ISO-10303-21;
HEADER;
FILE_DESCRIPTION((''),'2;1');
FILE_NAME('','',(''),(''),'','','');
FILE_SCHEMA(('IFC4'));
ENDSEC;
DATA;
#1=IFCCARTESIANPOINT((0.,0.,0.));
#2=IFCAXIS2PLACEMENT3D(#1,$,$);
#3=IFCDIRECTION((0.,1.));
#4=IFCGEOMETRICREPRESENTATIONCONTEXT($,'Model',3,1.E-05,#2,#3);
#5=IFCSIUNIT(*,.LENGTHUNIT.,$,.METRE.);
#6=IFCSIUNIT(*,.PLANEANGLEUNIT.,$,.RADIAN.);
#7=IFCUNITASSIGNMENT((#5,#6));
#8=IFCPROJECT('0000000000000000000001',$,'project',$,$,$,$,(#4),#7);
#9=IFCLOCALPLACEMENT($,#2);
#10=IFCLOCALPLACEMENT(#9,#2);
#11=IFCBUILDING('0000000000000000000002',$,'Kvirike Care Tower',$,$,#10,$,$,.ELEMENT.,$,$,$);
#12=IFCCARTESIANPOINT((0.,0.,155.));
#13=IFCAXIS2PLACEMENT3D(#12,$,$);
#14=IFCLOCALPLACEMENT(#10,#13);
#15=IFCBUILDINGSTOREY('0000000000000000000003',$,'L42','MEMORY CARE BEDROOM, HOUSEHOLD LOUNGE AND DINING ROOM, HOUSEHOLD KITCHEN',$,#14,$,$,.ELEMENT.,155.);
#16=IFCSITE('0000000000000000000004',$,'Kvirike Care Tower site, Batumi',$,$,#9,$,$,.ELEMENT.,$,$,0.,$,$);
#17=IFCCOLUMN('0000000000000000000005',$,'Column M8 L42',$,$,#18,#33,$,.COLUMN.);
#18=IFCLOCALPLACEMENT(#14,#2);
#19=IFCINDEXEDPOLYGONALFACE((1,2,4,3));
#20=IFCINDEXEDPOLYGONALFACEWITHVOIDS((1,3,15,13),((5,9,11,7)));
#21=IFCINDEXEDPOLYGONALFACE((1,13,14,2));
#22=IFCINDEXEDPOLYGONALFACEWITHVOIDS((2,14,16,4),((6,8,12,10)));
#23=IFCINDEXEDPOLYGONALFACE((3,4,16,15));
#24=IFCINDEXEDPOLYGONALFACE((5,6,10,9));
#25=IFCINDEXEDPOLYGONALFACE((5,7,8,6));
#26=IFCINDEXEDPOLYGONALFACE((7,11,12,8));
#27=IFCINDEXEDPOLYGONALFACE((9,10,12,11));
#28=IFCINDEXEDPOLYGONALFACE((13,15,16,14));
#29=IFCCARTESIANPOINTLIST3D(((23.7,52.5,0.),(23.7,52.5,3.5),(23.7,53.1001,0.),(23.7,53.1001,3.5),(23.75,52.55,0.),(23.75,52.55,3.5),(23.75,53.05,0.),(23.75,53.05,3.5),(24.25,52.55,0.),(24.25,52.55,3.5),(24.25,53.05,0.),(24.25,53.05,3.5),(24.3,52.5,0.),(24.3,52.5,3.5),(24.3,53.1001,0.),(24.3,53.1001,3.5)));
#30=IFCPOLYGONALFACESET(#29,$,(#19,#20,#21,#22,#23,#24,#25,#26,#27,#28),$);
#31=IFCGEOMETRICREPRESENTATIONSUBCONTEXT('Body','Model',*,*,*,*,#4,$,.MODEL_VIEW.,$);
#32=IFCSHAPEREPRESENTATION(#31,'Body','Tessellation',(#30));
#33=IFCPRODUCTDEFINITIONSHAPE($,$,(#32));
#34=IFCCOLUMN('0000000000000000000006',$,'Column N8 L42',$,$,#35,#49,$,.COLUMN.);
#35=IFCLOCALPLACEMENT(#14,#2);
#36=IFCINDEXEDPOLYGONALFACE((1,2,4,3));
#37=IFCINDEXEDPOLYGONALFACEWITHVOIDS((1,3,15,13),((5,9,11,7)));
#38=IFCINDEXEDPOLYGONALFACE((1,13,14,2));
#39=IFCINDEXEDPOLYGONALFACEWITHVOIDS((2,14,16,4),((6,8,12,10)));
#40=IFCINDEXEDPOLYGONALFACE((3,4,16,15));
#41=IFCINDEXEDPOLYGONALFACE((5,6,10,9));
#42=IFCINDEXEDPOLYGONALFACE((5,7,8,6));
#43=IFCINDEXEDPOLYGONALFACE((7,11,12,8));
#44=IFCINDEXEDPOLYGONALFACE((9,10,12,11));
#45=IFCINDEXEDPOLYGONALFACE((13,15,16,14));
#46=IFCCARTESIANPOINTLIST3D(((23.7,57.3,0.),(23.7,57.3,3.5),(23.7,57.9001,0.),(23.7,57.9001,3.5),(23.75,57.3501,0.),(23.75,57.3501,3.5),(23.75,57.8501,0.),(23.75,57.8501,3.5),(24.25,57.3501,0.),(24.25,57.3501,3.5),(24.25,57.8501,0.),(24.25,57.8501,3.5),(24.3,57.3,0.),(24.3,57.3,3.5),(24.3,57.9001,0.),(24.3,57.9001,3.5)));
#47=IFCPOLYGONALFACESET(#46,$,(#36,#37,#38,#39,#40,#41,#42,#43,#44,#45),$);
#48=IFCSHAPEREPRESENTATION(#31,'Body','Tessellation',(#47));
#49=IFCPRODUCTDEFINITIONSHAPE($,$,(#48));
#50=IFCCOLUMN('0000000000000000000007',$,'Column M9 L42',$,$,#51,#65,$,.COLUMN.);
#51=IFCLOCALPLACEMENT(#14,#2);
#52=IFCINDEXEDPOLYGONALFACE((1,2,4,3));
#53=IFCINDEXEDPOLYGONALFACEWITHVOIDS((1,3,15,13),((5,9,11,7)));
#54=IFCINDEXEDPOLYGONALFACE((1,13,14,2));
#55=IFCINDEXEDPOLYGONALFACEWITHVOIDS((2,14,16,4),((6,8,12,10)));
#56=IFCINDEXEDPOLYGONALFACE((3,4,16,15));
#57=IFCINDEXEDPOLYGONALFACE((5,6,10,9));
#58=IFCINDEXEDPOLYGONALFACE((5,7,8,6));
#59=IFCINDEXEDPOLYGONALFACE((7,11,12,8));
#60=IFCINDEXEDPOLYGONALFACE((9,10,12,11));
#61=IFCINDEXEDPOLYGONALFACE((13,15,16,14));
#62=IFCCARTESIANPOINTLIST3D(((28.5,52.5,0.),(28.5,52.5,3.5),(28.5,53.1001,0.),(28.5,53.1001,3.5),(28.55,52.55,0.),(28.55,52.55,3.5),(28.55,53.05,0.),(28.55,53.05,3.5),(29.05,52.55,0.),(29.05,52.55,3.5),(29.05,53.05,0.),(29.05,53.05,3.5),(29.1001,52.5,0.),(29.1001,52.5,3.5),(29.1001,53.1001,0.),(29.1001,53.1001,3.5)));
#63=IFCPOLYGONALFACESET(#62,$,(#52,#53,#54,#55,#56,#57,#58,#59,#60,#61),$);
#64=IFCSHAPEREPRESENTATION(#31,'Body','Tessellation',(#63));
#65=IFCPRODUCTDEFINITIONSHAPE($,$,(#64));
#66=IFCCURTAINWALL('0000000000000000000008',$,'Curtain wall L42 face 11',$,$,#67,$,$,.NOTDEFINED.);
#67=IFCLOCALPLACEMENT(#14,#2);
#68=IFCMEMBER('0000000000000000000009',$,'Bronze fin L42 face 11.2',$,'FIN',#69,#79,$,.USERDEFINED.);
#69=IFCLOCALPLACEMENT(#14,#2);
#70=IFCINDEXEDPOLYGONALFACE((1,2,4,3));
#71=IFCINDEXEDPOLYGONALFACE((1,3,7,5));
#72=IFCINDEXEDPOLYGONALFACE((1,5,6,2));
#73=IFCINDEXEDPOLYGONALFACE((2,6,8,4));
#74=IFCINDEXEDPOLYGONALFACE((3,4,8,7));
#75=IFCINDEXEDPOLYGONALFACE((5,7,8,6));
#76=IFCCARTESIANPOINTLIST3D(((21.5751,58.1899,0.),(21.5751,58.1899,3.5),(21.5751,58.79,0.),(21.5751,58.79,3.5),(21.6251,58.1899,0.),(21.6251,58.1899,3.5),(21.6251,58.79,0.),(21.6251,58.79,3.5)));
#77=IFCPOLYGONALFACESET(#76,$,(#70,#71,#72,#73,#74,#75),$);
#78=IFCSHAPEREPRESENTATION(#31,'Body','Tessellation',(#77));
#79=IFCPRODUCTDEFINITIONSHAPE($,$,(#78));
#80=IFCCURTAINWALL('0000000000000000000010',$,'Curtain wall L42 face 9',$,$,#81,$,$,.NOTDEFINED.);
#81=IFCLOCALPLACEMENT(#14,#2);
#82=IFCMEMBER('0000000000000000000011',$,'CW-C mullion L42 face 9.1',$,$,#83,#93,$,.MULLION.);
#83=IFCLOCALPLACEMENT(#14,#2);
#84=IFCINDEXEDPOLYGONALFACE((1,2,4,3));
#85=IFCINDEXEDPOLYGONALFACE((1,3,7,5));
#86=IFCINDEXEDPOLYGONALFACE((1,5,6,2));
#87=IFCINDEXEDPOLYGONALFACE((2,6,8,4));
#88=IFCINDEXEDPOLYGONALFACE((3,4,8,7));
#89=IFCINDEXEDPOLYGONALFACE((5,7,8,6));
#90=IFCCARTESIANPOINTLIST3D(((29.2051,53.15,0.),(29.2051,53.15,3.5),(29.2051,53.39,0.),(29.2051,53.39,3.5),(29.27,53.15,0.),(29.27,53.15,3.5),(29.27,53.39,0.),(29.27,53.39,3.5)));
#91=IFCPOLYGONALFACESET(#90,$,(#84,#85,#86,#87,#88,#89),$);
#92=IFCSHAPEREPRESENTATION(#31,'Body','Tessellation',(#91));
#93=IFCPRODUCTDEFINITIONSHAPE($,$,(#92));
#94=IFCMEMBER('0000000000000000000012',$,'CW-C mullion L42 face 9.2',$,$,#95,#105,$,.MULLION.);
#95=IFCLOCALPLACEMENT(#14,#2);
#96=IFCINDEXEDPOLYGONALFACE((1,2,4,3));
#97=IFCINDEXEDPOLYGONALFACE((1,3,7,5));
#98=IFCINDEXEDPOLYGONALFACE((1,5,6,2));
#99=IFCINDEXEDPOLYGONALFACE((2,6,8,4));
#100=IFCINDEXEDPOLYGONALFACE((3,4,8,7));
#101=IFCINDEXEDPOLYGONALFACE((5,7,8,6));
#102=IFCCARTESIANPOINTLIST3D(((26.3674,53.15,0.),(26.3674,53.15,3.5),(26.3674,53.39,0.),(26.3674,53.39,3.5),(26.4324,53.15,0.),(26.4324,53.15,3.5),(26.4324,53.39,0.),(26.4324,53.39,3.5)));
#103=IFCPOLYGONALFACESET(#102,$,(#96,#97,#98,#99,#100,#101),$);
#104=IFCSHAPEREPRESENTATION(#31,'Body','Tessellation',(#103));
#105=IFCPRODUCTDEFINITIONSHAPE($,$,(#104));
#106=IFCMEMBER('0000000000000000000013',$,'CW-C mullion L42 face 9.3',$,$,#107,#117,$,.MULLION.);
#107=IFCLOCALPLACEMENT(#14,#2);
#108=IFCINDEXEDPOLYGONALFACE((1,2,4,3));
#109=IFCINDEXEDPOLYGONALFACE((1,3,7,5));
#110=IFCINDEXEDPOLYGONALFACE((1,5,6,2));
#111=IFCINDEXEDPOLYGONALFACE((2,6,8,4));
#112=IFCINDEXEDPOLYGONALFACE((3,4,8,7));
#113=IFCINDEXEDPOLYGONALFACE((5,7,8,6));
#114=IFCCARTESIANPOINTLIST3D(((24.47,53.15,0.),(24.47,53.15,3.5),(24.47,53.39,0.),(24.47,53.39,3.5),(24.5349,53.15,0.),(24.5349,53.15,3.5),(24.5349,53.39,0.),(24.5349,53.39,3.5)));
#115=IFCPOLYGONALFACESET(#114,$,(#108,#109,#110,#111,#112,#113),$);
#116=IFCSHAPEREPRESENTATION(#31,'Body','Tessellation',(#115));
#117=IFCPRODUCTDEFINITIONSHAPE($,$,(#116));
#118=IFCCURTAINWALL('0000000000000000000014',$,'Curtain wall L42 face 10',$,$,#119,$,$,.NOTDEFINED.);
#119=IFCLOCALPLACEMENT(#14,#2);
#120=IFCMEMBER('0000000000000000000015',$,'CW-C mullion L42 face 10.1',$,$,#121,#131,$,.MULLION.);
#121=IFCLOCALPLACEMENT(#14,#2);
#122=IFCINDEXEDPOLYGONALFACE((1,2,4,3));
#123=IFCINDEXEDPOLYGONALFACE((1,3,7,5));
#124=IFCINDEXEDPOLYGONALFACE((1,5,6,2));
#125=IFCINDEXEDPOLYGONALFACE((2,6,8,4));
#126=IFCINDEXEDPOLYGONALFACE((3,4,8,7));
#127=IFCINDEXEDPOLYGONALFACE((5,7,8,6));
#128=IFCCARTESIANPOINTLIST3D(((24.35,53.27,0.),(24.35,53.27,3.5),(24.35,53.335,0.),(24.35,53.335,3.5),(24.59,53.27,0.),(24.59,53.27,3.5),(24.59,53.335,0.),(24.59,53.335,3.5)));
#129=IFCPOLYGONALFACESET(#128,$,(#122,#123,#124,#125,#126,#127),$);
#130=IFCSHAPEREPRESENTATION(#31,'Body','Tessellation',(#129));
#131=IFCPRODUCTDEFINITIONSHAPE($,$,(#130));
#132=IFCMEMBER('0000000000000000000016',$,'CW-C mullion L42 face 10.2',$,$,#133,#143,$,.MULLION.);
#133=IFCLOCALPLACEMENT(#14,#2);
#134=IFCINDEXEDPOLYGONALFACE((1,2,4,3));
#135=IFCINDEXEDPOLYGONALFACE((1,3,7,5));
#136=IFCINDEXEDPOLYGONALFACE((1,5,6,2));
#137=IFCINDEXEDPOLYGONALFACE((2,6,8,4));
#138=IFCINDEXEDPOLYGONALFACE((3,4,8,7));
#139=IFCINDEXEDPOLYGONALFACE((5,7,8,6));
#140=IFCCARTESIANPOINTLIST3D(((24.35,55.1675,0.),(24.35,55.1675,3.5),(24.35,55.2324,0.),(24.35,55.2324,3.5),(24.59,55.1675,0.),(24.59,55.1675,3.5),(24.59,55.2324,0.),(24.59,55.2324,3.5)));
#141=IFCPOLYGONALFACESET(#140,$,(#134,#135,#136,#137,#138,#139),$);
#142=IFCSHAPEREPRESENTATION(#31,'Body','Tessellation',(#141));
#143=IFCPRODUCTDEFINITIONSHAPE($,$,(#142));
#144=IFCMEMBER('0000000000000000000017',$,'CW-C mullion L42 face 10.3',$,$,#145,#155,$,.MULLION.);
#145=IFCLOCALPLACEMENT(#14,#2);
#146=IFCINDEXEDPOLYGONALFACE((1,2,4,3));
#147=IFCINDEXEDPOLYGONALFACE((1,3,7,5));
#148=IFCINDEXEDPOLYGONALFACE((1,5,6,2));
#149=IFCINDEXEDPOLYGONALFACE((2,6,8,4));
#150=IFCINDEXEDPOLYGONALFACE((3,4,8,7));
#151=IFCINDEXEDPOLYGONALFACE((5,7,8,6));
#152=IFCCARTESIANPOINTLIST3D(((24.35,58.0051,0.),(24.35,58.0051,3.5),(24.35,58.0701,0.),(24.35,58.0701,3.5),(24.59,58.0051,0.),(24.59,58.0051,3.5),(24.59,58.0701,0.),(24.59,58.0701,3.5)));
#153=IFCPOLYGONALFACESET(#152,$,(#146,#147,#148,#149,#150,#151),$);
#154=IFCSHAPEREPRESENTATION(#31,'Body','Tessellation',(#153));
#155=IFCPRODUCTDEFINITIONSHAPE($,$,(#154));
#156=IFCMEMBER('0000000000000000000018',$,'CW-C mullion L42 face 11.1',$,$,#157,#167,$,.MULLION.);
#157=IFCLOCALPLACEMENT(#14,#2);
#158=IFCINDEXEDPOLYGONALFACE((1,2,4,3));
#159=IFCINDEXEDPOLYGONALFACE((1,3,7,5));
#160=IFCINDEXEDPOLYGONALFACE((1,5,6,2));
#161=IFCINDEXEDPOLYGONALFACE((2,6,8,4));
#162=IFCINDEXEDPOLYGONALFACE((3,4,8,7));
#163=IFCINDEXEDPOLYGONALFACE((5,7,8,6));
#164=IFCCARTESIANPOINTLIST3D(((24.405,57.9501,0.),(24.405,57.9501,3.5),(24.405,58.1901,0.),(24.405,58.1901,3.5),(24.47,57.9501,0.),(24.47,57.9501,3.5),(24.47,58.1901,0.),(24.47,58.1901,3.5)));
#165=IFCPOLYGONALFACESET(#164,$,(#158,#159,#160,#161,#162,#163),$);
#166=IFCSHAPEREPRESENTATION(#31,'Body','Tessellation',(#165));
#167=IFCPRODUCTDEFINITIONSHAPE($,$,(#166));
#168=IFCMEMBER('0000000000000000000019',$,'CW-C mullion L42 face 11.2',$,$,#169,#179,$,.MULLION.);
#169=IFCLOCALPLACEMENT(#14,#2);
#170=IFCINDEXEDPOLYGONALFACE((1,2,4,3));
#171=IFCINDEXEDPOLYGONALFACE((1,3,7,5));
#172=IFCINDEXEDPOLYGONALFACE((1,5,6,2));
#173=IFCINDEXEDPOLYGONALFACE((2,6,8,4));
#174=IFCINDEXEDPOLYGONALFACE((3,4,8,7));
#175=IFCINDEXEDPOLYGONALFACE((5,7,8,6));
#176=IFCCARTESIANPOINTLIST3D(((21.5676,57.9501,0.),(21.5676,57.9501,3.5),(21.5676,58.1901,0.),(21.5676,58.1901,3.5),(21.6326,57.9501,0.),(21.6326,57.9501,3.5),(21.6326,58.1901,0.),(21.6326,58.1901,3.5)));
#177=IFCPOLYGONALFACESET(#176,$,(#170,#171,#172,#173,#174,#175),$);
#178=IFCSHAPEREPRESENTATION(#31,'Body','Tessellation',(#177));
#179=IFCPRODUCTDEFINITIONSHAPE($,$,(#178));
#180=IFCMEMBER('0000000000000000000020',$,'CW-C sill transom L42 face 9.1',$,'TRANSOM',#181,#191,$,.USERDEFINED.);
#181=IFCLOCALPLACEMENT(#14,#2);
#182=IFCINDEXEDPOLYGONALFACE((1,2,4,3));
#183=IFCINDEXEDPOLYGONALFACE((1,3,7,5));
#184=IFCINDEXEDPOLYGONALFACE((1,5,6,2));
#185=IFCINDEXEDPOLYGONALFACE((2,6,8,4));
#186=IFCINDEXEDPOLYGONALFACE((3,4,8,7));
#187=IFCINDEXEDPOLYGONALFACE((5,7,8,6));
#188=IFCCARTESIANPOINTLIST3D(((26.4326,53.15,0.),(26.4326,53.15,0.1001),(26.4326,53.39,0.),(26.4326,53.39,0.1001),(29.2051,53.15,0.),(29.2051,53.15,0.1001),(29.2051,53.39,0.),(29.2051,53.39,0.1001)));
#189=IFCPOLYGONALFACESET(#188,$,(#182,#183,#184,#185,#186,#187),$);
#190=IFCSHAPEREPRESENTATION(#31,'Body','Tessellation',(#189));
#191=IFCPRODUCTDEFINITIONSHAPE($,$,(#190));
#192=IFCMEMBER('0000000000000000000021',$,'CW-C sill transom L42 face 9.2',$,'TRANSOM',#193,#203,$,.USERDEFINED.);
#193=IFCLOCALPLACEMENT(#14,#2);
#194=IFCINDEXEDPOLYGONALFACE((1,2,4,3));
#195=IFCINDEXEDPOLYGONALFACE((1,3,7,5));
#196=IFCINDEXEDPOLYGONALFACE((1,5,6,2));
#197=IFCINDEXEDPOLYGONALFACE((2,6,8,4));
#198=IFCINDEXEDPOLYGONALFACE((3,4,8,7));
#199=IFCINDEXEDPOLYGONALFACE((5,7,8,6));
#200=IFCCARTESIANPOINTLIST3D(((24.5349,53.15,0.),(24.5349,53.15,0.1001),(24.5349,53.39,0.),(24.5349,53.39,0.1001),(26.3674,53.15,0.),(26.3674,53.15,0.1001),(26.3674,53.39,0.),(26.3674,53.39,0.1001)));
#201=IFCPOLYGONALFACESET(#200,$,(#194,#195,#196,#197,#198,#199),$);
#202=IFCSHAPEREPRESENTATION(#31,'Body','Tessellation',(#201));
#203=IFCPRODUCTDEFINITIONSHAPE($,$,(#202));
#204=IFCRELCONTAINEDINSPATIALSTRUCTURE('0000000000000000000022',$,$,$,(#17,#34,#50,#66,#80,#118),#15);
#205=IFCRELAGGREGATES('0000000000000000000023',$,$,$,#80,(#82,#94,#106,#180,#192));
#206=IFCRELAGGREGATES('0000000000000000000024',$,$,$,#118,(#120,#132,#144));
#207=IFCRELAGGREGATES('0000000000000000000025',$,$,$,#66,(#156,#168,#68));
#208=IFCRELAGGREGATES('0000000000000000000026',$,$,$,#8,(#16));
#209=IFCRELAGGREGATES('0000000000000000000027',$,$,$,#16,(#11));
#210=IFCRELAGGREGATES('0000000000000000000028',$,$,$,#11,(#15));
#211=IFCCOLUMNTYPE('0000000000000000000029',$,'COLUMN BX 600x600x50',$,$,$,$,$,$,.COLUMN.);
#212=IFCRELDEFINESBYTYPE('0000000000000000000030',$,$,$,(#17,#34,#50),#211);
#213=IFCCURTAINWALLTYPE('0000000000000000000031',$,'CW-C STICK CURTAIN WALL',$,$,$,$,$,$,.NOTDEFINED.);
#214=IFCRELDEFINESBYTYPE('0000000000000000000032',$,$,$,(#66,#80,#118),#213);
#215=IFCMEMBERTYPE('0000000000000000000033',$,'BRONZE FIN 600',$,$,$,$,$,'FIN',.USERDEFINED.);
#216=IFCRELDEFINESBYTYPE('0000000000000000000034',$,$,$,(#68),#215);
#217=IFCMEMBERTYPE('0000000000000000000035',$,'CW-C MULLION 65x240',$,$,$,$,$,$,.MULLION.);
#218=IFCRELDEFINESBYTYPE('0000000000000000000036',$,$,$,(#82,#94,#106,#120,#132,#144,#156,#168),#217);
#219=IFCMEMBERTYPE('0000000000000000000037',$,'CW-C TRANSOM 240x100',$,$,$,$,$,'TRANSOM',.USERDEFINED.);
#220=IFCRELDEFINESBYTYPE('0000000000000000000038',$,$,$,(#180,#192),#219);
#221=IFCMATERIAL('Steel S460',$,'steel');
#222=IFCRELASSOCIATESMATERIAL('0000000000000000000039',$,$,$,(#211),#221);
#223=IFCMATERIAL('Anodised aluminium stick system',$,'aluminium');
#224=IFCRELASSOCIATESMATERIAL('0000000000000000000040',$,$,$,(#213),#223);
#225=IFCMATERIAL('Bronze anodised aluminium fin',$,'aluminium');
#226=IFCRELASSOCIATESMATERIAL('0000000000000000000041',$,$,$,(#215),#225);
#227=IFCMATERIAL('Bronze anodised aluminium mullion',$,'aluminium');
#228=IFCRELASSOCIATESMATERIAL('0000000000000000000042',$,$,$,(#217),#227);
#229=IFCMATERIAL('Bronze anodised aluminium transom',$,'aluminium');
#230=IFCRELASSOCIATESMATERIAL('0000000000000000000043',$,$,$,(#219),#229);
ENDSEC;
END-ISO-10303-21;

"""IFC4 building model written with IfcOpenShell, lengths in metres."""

from ifc_helpers import new_model, si_unit, direction, frame, origin, origin_2d, place, context, subcontext, project, spatial, rectangle, hollow_rectangle, extrude, material, material_profile, profile_set, type_object, element, aggregate, save


model = new_model("IFC4")

# Units and contexts
model_context = context("Model", 3, precision=1e-05, world=origin(), true_north=direction((0.0, 1.0)))
body_context = subcontext(model_context, "Body", "Model", "MODEL_VIEW")
ifc_project = project(units=[si_unit("LENGTHUNIT", "METRE"), si_unit("PLANEANGLEUNIT", "RADIAN")], contexts=[model_context])

# Site, building, storey
site_placement = place(None, origin())
site = spatial("IfcSite", under=ifc_project, at=site_placement, Name="Kvirike Care Tower site, Batumi", CompositionType="ELEMENT", RefElevation=0.0)
building_placement = place(site_placement, origin())
building = spatial("IfcBuilding", under=site, at=building_placement, Name="Kvirike Care Tower", CompositionType="ELEMENT")
storey_placement = place(building_placement, frame((0.0, 0.0, 155.0)))
storey = spatial("IfcBuildingStorey", under=building, at=storey_placement, Name="L42", Description="MEMORY CARE BEDROOM, HOUSEHOLD LOUNGE AND DINING ROOM, HOUSEHOLD KITCHEN", CompositionType="ELEMENT", Elevation=155.0)

# Columns
ifc_material_1 = material(Name="Steel S460", Category="steel")
ifc_material_profile_1 = material_profile(ifc_material_1, hollow_rectangle(XDim=0.6001, YDim=0.6001, WallThickness=0.05, at=origin_2d()), Name="BX 600x600x50")
ifc_profile_set_1 = profile_set([ifc_material_profile_1], Name="Steel S460")
column_type = type_object("IfcColumnType", Name="COLUMN BX 600x600x50", PredefinedType="COLUMN", material=ifc_profile_set_1)
for number, where, z_axis, x_axis, name in (
    (1, (24.0, 52.8, 0.0), (0.0, 0.0, 1.0), (0.0, 1.0, 0.0), "Column M8 L42"),
    (2, (24.0, 57.6001, 0.0), (0.0, 0.0, 1.0), (0.0, 1.0, 0.0), "Column N8 L42"),
    (3, (28.8, 52.8, 0.0), (0.0, 0.0, 1.0), (0.0, 1.0, 0.0), "Column M9 L42"),
):
    element("IfcColumn", number, at=place(storey_placement, frame(where, z_axis=z_axis, x_axis=x_axis)), inside=storey, type_object=column_type, Name=name, PredefinedType="COLUMN", context=body_context, shape_type="SweptSolid", body=[
        extrude(hollow_rectangle(XDim=0.6001, YDim=0.6001, WallThickness=0.05, at=origin_2d()), origin(), (0.0, 0.0, 1.0), 3.5),
    ])

# Curtain wall, member
ifc_material_2 = material(Name="Anodised aluminium stick system", Category="aluminium")
curtain_wall_type = type_object("IfcCurtainWallType", Name="CW-C STICK CURTAIN WALL", PredefinedType="NOTDEFINED", material=ifc_material_2)
curtain_wall_1_placement = place(storey_placement, origin())
curtain_wall_1 = element("IfcCurtainWall", 4, at=curtain_wall_1_placement, inside=storey, type_object=curtain_wall_type, Name="Curtain wall L42 face 11", PredefinedType="NOTDEFINED")
ifc_material_3 = material(Name="Bronze anodised aluminium fin", Category="aluminium")
ifc_material_profile_2 = material_profile(ifc_material_3, rectangle(XDim=0.05, YDim=0.6001, at=origin_2d()), Name="BRONZE FIN 600")
ifc_profile_set_2 = profile_set([ifc_material_profile_2], Name="Bronze anodised aluminium fin")
member_type_1 = type_object("IfcMemberType", Name="BRONZE FIN 600", ElementType="FIN", PredefinedType="USERDEFINED", material=ifc_profile_set_2)
member_1_placement = place(storey_placement, frame((21.6001, 58.49, 0.0), z_axis=(0.0, 0.0, 1.0), x_axis=(-1.0, 0.0, 0.0)))
member_1 = element("IfcMember", 5, at=member_1_placement, type_object=member_type_1, Name="Bronze fin L42 face 11.2", ObjectType="FIN", PredefinedType="USERDEFINED", context=body_context, shape_type="SweptSolid", body=[
    extrude(rectangle(XDim=0.05, YDim=0.6001, at=origin_2d()), origin(), (0.0, 0.0, 1.0), 3.5),
])

# Curtain walls, members
curtain_wall_2_placement = place(storey_placement, origin())
curtain_wall_2 = element("IfcCurtainWall", 6, at=curtain_wall_2_placement, inside=storey, type_object=curtain_wall_type, Name="Curtain wall L42 face 9", PredefinedType="NOTDEFINED")
ifc_material_4 = material(Name="Bronze anodised aluminium mullion", Category="aluminium")
ifc_material_profile_3 = material_profile(ifc_material_4, rectangle(XDim=0.0649, YDim=0.24, at=origin_2d()), Name="CW-C MULLION 65x240")
ifc_profile_set_3 = profile_set([ifc_material_profile_3], Name="Bronze anodised aluminium mullion")
member_type_2 = type_object("IfcMemberType", Name="CW-C MULLION 65x240", PredefinedType="MULLION", material=ifc_profile_set_3)
member_2_placement = place(storey_placement, frame((29.2375, 53.27, 0.0), z_axis=(0.0, 0.0, 1.0), x_axis=(-1.0, 0.0, 0.0)))
member_2 = element("IfcMember", 7, at=member_2_placement, type_object=member_type_2, Name="CW-C mullion L42 face 9.1", PredefinedType="MULLION", context=body_context, shape_type="SweptSolid", body=[
    extrude(rectangle(XDim=0.0649, YDim=0.24, at=origin_2d()), origin(), (0.0, 0.0, 1.0), 3.5),
])
member_3_placement = place(storey_placement, frame((26.3999, 53.27, 0.0), z_axis=(0.0, 0.0, 1.0), x_axis=(-1.0, 0.0, 0.0)))
member_3 = element("IfcMember", 8, at=member_3_placement, type_object=member_type_2, Name="CW-C mullion L42 face 9.2", PredefinedType="MULLION", context=body_context, shape_type="SweptSolid", body=[
    extrude(rectangle(XDim=0.0649, YDim=0.24, at=origin_2d()), origin(), (0.0, 0.0, 1.0), 3.5),
])
member_4_placement = place(storey_placement, frame((24.5024, 53.27, 0.0), z_axis=(0.0, 0.0, 1.0), x_axis=(-1.0, 0.0, 0.0)))
member_4 = element("IfcMember", 9, at=member_4_placement, type_object=member_type_2, Name="CW-C mullion L42 face 9.3", PredefinedType="MULLION", context=body_context, shape_type="SweptSolid", body=[
    extrude(rectangle(XDim=0.0649, YDim=0.24, at=origin_2d()), origin(), (0.0, 0.0, 1.0), 3.5),
])
curtain_wall_3_placement = place(storey_placement, origin())
curtain_wall_3 = element("IfcCurtainWall", 10, at=curtain_wall_3_placement, inside=storey, type_object=curtain_wall_type, Name="Curtain wall L42 face 10", PredefinedType="NOTDEFINED")
member_5_placement = place(storey_placement, frame((24.47, 53.3025, 0.0), z_axis=(0.0, 0.0, 1.0), x_axis=(0.0, 1.0, 0.0)))
member_5 = element("IfcMember", 11, at=member_5_placement, type_object=member_type_2, Name="CW-C mullion L42 face 10.1", PredefinedType="MULLION", context=body_context, shape_type="SweptSolid", body=[
    extrude(rectangle(XDim=0.0649, YDim=0.24, at=origin_2d()), origin(), (0.0, 0.0, 1.0), 3.5),
])
member_6_placement = place(storey_placement, frame((24.47, 55.2, 0.0), z_axis=(0.0, 0.0, 1.0), x_axis=(0.0, 1.0, 0.0)))
member_6 = element("IfcMember", 12, at=member_6_placement, type_object=member_type_2, Name="CW-C mullion L42 face 10.2", PredefinedType="MULLION", context=body_context, shape_type="SweptSolid", body=[
    extrude(rectangle(XDim=0.0649, YDim=0.24, at=origin_2d()), origin(), (0.0, 0.0, 1.0), 3.5),
])
member_7_placement = place(storey_placement, frame((24.47, 58.0376, 0.0), z_axis=(0.0, 0.0, 1.0), x_axis=(0.0, 1.0, 0.0)))
member_7 = element("IfcMember", 13, at=member_7_placement, type_object=member_type_2, Name="CW-C mullion L42 face 10.3", PredefinedType="MULLION", context=body_context, shape_type="SweptSolid", body=[
    extrude(rectangle(XDim=0.0649, YDim=0.24, at=origin_2d()), origin(), (0.0, 0.0, 1.0), 3.5),
])

# Members
member_8_placement = place(storey_placement, frame((24.4375, 58.0701, 0.0), z_axis=(0.0, 0.0, 1.0), x_axis=(-1.0, 0.0, 0.0)))
member_8 = element("IfcMember", 14, at=member_8_placement, type_object=member_type_2, Name="CW-C mullion L42 face 11.1", PredefinedType="MULLION", context=body_context, shape_type="SweptSolid", body=[
    extrude(rectangle(XDim=0.0649, YDim=0.24, at=origin_2d()), origin(), (0.0, 0.0, 1.0), 3.5),
])
member_9_placement = place(storey_placement, frame((21.6001, 58.0701, 0.0), z_axis=(0.0, 0.0, 1.0), x_axis=(-1.0, 0.0, 0.0)))
member_9 = element("IfcMember", 15, at=member_9_placement, type_object=member_type_2, Name="CW-C mullion L42 face 11.2", PredefinedType="MULLION", context=body_context, shape_type="SweptSolid", body=[
    extrude(rectangle(XDim=0.0649, YDim=0.24, at=origin_2d()), origin(), (0.0, 0.0, 1.0), 3.5),
])
ifc_material_5 = material(Name="Bronze anodised aluminium transom", Category="aluminium")
ifc_material_profile_4 = material_profile(ifc_material_5, rectangle(XDim=0.24, YDim=0.1001, at=origin_2d()), Name="CW-C TRANSOM 240x100")
ifc_profile_set_4 = profile_set([ifc_material_profile_4], Name="Bronze anodised aluminium transom")
member_type_3 = type_object("IfcMemberType", Name="CW-C TRANSOM 240x100", ElementType="TRANSOM", PredefinedType="USERDEFINED", material=ifc_profile_set_4)
member_10_placement = place(storey_placement, frame((29.2051, 53.27, 0.05), z_axis=(-1.0, 0.0, 0.0), x_axis=(0.0, -1.0, 0.0)))
member_10 = element("IfcMember", 16, at=member_10_placement, type_object=member_type_3, Name="CW-C sill transom L42 face 9.1", ObjectType="TRANSOM", PredefinedType="USERDEFINED", context=body_context, shape_type="SweptSolid", body=[
    extrude(rectangle(XDim=0.24, YDim=0.1001, at=origin_2d()), origin(), (0.0, 0.0, 1.0), 2.7725),
])
member_11_placement = place(storey_placement, frame((26.3674, 53.27, 0.05), z_axis=(-1.0, 0.0, 0.0), x_axis=(0.0, -1.0, 0.0)))
member_11 = element("IfcMember", 17, at=member_11_placement, type_object=member_type_3, Name="CW-C sill transom L42 face 9.2", ObjectType="TRANSOM", PredefinedType="USERDEFINED", context=body_context, shape_type="SweptSolid", body=[
    extrude(rectangle(XDim=0.24, YDim=0.1001, at=origin_2d()), origin(), (0.0, 0.0, 1.0), 1.8325),
])

aggregate(curtain_wall_2, [member_2, member_3, member_4, member_10, member_11])
aggregate(curtain_wall_3, [member_5, member_6, member_7])
aggregate(curtain_wall_1, [member_8, member_9, member_1])

save(model, "model.ifc")
